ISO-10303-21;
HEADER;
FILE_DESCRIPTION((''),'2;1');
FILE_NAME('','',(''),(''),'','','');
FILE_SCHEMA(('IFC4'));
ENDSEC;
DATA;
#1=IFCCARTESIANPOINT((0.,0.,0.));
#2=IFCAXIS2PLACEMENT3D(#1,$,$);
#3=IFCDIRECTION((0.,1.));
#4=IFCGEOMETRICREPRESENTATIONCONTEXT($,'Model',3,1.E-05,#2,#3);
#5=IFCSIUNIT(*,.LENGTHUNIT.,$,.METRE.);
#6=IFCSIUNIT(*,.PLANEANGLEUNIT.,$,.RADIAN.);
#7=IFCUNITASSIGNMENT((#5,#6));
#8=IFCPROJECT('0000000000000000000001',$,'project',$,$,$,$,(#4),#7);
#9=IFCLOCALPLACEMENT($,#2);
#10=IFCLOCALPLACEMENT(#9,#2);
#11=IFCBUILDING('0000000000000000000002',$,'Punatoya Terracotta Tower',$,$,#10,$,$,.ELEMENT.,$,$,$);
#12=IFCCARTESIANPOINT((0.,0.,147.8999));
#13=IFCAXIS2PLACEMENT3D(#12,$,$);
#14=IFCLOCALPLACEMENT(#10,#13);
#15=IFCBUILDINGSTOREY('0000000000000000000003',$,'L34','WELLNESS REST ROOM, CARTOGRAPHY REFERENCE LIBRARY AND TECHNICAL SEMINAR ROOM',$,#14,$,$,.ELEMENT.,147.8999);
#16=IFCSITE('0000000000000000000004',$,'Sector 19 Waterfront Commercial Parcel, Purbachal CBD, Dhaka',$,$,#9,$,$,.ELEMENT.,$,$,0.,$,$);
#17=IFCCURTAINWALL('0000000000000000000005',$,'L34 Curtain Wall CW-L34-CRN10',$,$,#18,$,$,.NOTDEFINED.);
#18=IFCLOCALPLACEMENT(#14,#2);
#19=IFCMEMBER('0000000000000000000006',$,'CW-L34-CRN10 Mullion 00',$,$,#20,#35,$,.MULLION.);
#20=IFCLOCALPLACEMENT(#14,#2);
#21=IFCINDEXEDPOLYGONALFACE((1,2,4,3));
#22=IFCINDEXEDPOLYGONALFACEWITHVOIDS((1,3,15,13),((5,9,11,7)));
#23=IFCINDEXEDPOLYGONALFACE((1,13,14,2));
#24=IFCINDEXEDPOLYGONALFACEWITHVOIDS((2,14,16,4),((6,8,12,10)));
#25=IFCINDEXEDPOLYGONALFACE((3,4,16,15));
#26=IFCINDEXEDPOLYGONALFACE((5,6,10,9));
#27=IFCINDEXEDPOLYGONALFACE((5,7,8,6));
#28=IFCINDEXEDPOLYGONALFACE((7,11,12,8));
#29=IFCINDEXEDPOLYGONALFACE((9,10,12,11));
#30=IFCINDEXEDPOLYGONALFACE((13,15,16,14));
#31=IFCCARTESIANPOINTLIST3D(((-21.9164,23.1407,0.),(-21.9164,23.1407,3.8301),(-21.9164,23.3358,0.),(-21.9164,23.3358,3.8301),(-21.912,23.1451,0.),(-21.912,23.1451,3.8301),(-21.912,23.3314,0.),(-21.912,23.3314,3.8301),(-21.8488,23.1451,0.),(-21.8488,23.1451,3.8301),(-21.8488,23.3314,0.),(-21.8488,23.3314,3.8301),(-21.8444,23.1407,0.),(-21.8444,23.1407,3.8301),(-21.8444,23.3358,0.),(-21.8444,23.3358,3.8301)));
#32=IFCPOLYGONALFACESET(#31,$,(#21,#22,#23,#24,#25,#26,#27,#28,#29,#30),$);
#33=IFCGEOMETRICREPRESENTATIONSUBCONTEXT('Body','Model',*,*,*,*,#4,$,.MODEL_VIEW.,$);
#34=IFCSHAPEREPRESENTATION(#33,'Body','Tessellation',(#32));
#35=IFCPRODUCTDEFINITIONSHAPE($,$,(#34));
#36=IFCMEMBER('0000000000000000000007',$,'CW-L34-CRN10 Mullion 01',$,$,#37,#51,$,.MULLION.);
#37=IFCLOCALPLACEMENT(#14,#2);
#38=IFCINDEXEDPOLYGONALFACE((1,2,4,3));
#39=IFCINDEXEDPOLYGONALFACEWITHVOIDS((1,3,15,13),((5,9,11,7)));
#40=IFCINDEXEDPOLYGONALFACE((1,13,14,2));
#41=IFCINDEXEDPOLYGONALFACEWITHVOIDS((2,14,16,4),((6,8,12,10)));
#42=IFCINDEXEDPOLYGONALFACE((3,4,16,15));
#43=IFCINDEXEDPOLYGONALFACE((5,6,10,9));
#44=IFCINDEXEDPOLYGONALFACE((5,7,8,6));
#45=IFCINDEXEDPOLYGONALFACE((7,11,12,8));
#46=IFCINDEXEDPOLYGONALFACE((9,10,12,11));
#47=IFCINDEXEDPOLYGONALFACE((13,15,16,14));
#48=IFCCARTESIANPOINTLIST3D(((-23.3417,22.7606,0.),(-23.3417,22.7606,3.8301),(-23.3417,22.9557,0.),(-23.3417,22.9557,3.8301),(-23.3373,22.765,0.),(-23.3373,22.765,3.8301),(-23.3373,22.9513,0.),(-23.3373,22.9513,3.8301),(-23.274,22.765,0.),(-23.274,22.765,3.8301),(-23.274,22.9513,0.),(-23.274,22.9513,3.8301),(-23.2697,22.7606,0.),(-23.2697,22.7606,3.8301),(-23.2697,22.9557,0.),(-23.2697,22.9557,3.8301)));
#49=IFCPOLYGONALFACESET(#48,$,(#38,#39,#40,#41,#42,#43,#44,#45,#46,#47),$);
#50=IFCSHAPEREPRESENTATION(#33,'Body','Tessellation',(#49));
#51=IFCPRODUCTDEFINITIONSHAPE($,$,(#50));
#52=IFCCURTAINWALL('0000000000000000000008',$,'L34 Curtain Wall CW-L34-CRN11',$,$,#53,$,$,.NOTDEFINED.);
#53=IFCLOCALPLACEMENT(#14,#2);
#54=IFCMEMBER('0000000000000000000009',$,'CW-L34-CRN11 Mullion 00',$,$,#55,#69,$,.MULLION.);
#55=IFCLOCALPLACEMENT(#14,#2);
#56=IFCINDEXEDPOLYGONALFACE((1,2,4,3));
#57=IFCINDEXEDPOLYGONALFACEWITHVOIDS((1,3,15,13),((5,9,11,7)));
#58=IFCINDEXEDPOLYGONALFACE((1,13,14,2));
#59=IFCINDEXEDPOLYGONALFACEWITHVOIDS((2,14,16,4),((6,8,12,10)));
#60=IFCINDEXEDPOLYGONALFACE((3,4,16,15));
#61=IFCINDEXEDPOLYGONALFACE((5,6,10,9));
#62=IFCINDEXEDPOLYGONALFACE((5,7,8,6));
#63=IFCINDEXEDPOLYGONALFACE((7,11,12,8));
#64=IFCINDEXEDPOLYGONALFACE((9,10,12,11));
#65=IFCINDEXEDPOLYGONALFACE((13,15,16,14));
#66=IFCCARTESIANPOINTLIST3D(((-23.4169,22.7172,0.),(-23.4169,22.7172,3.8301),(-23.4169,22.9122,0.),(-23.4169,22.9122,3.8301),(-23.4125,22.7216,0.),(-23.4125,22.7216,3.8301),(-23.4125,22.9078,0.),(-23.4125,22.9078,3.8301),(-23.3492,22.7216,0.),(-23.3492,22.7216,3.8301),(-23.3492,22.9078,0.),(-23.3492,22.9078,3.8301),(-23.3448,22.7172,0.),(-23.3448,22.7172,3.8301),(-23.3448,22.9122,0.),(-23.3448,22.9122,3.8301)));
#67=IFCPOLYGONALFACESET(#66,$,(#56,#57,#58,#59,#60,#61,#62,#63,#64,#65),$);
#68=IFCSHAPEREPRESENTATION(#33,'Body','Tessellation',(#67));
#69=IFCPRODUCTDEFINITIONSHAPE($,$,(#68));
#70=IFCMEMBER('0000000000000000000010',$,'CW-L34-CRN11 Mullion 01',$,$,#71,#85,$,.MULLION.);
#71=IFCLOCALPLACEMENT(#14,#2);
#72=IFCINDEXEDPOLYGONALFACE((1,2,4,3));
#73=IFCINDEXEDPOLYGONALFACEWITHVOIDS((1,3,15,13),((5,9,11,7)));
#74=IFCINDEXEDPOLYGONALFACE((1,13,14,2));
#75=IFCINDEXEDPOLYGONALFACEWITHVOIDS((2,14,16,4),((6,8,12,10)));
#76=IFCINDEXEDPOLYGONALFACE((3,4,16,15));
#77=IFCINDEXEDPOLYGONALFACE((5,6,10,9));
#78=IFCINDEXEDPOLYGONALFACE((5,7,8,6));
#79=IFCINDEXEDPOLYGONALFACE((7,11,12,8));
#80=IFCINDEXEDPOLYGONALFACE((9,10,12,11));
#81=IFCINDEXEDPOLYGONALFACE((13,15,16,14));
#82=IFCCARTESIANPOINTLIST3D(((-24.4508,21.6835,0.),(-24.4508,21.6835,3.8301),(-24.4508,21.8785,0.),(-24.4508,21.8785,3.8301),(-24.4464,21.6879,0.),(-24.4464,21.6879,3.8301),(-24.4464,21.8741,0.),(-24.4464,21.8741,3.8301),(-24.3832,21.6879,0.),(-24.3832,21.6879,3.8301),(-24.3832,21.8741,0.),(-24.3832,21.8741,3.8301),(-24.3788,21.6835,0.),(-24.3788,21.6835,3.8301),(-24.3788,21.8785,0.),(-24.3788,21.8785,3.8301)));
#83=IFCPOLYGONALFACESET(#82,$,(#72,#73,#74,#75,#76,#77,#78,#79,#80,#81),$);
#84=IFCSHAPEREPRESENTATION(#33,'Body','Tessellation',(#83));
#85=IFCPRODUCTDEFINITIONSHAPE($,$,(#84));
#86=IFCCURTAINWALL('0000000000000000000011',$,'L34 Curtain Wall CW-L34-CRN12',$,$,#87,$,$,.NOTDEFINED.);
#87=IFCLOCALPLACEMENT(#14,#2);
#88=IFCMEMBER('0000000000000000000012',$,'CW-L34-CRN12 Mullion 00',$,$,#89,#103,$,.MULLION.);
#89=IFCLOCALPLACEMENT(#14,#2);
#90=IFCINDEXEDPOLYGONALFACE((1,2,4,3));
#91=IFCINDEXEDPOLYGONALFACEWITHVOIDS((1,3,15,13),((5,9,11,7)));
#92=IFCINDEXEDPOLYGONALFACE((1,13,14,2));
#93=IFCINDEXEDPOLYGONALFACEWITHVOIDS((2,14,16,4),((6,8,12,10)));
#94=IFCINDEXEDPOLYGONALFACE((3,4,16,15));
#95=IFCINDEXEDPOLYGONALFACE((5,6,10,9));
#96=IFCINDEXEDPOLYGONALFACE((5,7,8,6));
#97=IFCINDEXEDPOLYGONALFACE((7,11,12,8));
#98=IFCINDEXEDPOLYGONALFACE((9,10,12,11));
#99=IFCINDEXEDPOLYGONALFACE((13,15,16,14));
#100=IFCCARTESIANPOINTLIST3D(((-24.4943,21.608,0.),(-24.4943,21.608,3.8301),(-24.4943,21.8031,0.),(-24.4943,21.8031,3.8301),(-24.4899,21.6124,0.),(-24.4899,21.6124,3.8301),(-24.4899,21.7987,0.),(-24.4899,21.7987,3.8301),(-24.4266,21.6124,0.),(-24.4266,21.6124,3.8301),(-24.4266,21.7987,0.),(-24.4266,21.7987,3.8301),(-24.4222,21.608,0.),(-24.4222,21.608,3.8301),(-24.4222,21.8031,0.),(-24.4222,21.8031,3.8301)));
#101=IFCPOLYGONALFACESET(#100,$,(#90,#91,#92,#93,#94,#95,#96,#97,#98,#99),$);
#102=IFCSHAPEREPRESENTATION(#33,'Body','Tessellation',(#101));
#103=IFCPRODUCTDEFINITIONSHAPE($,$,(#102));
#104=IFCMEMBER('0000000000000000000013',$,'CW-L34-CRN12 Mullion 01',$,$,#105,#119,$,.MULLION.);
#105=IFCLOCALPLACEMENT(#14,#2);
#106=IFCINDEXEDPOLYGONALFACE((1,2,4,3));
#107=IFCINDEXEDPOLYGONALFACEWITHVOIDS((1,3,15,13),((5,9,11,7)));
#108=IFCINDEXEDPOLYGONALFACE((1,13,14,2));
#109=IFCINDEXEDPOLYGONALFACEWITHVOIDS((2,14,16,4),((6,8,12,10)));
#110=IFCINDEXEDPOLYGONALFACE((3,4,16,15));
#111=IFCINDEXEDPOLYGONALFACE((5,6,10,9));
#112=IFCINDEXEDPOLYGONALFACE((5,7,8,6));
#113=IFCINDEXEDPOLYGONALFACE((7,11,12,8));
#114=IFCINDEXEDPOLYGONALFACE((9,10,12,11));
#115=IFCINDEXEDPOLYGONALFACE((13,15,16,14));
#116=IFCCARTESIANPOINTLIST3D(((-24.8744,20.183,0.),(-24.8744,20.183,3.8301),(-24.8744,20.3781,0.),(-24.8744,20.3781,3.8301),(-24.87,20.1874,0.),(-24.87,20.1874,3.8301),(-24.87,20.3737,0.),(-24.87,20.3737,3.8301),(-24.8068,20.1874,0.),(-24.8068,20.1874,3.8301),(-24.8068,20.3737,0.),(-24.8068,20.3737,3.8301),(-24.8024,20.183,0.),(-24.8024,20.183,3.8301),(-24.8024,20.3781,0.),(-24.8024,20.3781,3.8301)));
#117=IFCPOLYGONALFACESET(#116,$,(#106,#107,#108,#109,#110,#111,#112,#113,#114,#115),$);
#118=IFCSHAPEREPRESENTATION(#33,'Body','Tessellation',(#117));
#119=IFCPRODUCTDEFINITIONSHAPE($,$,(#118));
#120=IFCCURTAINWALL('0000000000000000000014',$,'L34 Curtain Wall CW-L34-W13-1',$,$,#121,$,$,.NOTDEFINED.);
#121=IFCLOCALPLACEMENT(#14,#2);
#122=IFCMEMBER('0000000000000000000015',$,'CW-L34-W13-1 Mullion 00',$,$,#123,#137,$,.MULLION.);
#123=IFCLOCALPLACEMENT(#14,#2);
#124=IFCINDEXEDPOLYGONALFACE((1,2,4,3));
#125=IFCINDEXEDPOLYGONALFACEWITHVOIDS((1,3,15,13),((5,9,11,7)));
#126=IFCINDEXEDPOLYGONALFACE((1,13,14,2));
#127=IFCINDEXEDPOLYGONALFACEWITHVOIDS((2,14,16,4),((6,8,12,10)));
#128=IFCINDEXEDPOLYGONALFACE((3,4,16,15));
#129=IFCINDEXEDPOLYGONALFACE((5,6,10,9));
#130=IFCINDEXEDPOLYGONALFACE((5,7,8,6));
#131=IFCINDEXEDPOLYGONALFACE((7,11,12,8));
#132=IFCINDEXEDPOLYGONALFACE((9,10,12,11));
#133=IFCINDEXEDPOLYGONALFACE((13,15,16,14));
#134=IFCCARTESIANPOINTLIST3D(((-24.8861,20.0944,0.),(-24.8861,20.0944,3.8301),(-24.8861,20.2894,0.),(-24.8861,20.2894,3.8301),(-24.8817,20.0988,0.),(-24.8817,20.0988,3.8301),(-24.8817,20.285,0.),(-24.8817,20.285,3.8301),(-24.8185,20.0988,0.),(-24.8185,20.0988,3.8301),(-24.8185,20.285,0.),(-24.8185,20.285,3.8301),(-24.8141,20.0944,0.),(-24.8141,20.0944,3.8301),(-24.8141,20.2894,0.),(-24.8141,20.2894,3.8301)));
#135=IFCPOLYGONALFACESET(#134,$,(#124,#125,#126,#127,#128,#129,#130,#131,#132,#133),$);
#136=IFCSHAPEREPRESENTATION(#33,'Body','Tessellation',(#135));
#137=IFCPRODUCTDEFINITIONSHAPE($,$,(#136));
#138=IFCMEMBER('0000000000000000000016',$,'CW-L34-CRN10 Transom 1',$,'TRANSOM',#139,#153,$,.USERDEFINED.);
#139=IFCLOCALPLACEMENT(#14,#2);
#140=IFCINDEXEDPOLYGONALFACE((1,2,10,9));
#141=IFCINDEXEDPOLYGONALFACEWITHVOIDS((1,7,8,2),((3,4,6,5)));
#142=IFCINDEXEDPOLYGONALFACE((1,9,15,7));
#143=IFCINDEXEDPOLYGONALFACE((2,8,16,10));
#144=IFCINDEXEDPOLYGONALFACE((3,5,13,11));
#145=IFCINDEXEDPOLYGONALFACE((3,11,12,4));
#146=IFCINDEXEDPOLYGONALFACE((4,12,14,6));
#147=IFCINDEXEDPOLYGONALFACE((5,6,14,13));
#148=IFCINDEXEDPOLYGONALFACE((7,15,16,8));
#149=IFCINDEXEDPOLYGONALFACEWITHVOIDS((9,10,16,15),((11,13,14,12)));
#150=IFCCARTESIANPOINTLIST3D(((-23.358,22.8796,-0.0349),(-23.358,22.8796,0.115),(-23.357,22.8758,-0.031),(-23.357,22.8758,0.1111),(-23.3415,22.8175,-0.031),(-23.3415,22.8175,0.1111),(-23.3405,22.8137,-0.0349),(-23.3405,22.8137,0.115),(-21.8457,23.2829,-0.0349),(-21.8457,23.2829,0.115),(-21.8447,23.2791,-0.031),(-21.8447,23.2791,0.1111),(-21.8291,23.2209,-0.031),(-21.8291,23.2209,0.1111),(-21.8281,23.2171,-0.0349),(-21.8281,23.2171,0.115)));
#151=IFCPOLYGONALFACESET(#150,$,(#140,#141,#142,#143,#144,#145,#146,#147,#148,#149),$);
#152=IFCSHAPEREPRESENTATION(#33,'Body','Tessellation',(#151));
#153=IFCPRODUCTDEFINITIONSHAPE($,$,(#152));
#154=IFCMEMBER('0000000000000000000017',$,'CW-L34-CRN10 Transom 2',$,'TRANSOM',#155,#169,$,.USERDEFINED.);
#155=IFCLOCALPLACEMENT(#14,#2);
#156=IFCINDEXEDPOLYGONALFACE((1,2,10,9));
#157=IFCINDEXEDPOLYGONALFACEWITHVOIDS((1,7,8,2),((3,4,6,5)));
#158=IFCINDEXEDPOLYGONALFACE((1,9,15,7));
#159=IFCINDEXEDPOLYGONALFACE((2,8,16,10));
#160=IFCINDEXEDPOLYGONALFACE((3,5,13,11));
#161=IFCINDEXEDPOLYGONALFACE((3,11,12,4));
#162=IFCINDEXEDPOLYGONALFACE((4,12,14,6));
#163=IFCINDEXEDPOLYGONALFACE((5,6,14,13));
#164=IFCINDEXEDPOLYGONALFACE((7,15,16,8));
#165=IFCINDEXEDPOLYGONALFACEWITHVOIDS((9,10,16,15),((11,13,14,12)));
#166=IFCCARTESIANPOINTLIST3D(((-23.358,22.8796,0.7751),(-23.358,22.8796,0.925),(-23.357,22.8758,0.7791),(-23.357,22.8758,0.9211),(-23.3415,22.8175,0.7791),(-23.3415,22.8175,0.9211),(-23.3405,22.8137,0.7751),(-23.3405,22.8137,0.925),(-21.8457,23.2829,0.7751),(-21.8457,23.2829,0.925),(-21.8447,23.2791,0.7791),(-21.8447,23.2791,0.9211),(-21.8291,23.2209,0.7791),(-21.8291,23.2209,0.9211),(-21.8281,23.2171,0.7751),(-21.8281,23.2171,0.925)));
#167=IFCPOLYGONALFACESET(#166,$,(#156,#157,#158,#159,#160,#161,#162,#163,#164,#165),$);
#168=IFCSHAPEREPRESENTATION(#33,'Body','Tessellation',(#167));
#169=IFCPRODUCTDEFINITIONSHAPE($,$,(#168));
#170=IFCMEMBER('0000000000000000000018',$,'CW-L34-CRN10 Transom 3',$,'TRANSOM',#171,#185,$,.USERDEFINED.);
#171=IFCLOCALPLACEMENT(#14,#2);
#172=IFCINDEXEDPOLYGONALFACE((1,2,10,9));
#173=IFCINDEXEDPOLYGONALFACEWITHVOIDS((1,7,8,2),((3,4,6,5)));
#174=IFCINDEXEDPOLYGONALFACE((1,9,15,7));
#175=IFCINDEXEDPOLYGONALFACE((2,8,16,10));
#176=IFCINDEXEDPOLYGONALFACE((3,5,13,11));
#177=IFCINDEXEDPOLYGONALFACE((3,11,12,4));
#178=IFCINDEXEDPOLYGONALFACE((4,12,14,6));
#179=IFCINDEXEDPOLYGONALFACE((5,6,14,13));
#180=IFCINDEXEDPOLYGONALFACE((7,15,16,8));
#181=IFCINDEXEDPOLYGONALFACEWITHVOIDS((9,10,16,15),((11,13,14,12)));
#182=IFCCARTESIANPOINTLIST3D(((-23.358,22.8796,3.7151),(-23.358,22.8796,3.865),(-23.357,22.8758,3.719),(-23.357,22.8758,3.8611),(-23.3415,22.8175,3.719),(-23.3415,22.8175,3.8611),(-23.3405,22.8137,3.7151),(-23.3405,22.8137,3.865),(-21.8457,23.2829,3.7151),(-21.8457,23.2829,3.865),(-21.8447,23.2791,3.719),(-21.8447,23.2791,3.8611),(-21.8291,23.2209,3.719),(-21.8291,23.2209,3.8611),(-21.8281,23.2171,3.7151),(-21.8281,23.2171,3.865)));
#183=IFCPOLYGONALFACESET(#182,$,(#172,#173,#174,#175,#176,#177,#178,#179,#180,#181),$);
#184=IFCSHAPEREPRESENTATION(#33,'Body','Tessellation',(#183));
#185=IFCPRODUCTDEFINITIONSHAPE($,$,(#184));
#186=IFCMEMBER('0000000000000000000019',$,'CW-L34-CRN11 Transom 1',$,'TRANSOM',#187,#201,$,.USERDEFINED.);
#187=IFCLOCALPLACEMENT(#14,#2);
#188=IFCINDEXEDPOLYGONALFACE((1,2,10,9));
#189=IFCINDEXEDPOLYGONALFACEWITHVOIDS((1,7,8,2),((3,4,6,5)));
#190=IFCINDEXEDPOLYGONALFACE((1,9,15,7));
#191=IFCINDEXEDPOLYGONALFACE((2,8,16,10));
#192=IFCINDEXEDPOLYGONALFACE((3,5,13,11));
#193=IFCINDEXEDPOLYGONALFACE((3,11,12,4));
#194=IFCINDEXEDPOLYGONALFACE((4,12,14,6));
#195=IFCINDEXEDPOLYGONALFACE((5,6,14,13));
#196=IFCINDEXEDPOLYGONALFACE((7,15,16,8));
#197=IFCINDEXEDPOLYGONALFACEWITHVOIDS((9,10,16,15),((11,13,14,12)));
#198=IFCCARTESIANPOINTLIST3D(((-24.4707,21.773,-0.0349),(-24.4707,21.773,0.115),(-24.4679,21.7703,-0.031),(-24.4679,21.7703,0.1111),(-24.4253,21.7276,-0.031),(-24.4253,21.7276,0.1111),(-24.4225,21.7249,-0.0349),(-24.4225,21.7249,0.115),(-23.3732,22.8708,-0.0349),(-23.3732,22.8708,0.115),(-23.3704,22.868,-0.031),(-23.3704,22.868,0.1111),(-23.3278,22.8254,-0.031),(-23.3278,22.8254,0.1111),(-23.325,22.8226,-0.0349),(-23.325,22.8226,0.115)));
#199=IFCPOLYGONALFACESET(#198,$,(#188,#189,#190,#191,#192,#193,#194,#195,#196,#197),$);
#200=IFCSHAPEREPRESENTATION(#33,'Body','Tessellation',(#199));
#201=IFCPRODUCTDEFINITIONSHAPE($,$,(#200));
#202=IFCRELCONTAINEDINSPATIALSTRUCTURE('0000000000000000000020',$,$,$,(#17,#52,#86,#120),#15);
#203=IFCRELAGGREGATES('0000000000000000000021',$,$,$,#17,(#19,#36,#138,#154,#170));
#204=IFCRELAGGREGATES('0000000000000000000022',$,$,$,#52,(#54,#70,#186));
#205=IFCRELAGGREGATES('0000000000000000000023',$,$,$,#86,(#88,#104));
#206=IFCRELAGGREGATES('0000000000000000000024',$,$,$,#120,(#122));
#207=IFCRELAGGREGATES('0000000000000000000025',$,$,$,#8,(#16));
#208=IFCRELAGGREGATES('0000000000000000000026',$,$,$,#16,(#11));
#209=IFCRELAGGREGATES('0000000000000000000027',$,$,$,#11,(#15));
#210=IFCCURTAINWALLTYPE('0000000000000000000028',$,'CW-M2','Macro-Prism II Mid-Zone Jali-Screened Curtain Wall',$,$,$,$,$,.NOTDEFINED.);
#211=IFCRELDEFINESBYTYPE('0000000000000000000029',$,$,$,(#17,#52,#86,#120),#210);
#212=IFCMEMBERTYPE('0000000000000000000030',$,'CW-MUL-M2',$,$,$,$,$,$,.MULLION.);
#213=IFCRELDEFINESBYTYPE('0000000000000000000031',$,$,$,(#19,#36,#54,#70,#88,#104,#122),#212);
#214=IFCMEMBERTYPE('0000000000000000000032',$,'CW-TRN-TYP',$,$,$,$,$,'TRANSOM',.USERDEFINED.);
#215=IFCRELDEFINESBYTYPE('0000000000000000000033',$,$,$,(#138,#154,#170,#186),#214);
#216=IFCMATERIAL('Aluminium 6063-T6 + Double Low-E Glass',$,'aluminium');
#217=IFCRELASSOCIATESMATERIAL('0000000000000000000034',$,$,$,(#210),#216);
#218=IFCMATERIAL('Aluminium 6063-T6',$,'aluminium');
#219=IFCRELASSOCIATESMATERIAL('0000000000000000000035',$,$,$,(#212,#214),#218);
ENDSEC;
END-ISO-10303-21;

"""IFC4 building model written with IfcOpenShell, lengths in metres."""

from ifc_helpers import new_model, si_unit, direction, frame, origin, origin_2d, place, context, subcontext, project, spatial, hollow_rectangle, extrude, material, material_profile, profile_set, type_object, element, aggregate, save


model = new_model("IFC4")

# Units and contexts
model_context = context("Model", 3, precision=1e-05, world=origin(), true_north=direction((0.0, 1.0)))
body_context = subcontext(model_context, "Body", "Model", "MODEL_VIEW")
ifc_project = project(units=[si_unit("LENGTHUNIT", "METRE"), si_unit("PLANEANGLEUNIT", "RADIAN")], contexts=[model_context])

# Site, building, storey
site_placement = place(None, origin())
site = spatial("IfcSite", under=ifc_project, at=site_placement, Name="Sector 19 Waterfront Commercial Parcel, Purbachal CBD, Dhaka", CompositionType="ELEMENT", RefElevation=0.0)
building_placement = place(site_placement, origin())
building = spatial("IfcBuilding", under=site, at=building_placement, Name="Punatoya Terracotta Tower", CompositionType="ELEMENT")
storey_placement = place(building_placement, frame((0.0, 0.0, 147.8999)))
storey = spatial("IfcBuildingStorey", under=building, at=storey_placement, Name="L34", Description="WELLNESS REST ROOM, CARTOGRAPHY REFERENCE LIBRARY AND TECHNICAL SEMINAR ROOM", CompositionType="ELEMENT", Elevation=147.8999)

# Curtain walls, members
ifc_material_1 = material(Name="Aluminium 6063-T6 + Double Low-E Glass", Category="aluminium")
curtain_wall_type = type_object("IfcCurtainWallType", Name="CW-M2", Description="Macro-Prism II Mid-Zone Jali-Screened Curtain Wall", PredefinedType="NOTDEFINED", material=ifc_material_1)
curtain_wall_1_placement = place(storey_placement, origin())
curtain_wall_1 = element("IfcCurtainWall", 1, at=curtain_wall_1_placement, inside=storey, type_object=curtain_wall_type, Name="L34 Curtain Wall CW-L34-CRN10", PredefinedType="NOTDEFINED")
ifc_material_2 = material(Name="Aluminium 6063-T6", Category="aluminium")
ifc_material_profile_1 = material_profile(ifc_material_2, hollow_rectangle(XDim=0.072, YDim=0.1951, WallThickness=0.0044, at=origin_2d()))
ifc_profile_set_1 = profile_set([ifc_material_profile_1], Name="Aluminium 6063-T6")
member_type_1 = type_object("IfcMemberType", Name="CW-MUL-M2", PredefinedType="MULLION", material=ifc_profile_set_1)
member_1_placement = place(storey_placement, frame((-21.8804, 23.2383, 0.0), z_axis=(0.0, 0.0, 1.0), x_axis=(1.0, 0.0, 0.0)))
member_1 = element("IfcMember", 2, at=member_1_placement, type_object=member_type_1, Name="CW-L34-CRN10 Mullion 00", PredefinedType="MULLION", context=body_context, shape_type="SweptSolid", body=[
    extrude(hollow_rectangle(XDim=0.072, YDim=0.1951, WallThickness=0.0044, at=origin_2d()), origin(), (0.0, 0.0, 1.0), 3.8301),
])
member_2_placement = place(storey_placement, frame((-23.3057, 22.8582, 0.0), z_axis=(0.0, 0.0, 1.0), x_axis=(1.0, 0.0, 0.0)))
member_2 = element("IfcMember", 3, at=member_2_placement, type_object=member_type_1, Name="CW-L34-CRN10 Mullion 01", PredefinedType="MULLION", context=body_context, shape_type="SweptSolid", body=[
    extrude(hollow_rectangle(XDim=0.072, YDim=0.1951, WallThickness=0.0044, at=origin_2d()), origin(), (0.0, 0.0, 1.0), 3.8301),
])
curtain_wall_2_placement = place(storey_placement, origin())
curtain_wall_2 = element("IfcCurtainWall", 4, at=curtain_wall_2_placement, inside=storey, type_object=curtain_wall_type, Name="L34 Curtain Wall CW-L34-CRN11", PredefinedType="NOTDEFINED")
member_3_placement = place(storey_placement, frame((-23.3809, 22.8147, 0.0), z_axis=(0.0, 0.0, 1.0), x_axis=(1.0, 0.0, 0.0)))
member_3 = element("IfcMember", 5, at=member_3_placement, type_object=member_type_1, Name="CW-L34-CRN11 Mullion 00", PredefinedType="MULLION", context=body_context, shape_type="SweptSolid", body=[
    extrude(hollow_rectangle(XDim=0.072, YDim=0.1951, WallThickness=0.0044, at=origin_2d()), origin(), (0.0, 0.0, 1.0), 3.8301),
])
member_4_placement = place(storey_placement, frame((-24.4148, 21.781, 0.0), z_axis=(0.0, 0.0, 1.0), x_axis=(1.0, 0.0, 0.0)))
member_4 = element("IfcMember", 6, at=member_4_placement, type_object=member_type_1, Name="CW-L34-CRN11 Mullion 01", PredefinedType="MULLION", context=body_context, shape_type="SweptSolid", body=[
    extrude(hollow_rectangle(XDim=0.072, YDim=0.1951, WallThickness=0.0044, at=origin_2d()), origin(), (0.0, 0.0, 1.0), 3.8301),
])
curtain_wall_3_placement = place(storey_placement, origin())
curtain_wall_3 = element("IfcCurtainWall", 7, at=curtain_wall_3_placement, inside=storey, type_object=curtain_wall_type, Name="L34 Curtain Wall CW-L34-CRN12", PredefinedType="NOTDEFINED")
member_5_placement = place(storey_placement, frame((-24.4583, 21.7056, 0.0), z_axis=(0.0, 0.0, 1.0), x_axis=(1.0, 0.0, 0.0)))
member_5 = element("IfcMember", 8, at=member_5_placement, type_object=member_type_1, Name="CW-L34-CRN12 Mullion 00", PredefinedType="MULLION", context=body_context, shape_type="SweptSolid", body=[
    extrude(hollow_rectangle(XDim=0.072, YDim=0.1951, WallThickness=0.0044, at=origin_2d()), origin(), (0.0, 0.0, 1.0), 3.8301),
])
member_6_placement = place(storey_placement, frame((-24.8384, 20.2805, 0.0), z_axis=(0.0, 0.0, 1.0), x_axis=(1.0, 0.0, 0.0)))
member_6 = element("IfcMember", 9, at=member_6_placement, type_object=member_type_1, Name="CW-L34-CRN12 Mullion 01", PredefinedType="MULLION", context=body_context, shape_type="SweptSolid", body=[
    extrude(hollow_rectangle(XDim=0.072, YDim=0.1951, WallThickness=0.0044, at=origin_2d()), origin(), (0.0, 0.0, 1.0), 3.8301),
])

# Curtain wall, member
curtain_wall_4_placement = place(storey_placement, origin())
curtain_wall_4 = element("IfcCurtainWall", 10, at=curtain_wall_4_placement, inside=storey, type_object=curtain_wall_type, Name="L34 Curtain Wall CW-L34-W13-1", PredefinedType="NOTDEFINED")
member_7_placement = place(storey_placement, frame((-24.8501, 20.1919, 0.0), z_axis=(0.0, 0.0, 1.0), x_axis=(1.0, 0.0, 0.0)))
member_7 = element("IfcMember", 11, at=member_7_placement, type_object=member_type_1, Name="CW-L34-W13-1 Mullion 00", PredefinedType="MULLION", context=body_context, shape_type="SweptSolid", body=[
    extrude(hollow_rectangle(XDim=0.072, YDim=0.1951, WallThickness=0.0044, at=origin_2d()), origin(), (0.0, 0.0, 1.0), 3.8301),
])

# Members
ifc_material_profile_2 = material_profile(ifc_material_2, hollow_rectangle(XDim=0.0681, YDim=0.1499, WallThickness=0.0039, at=origin_2d()))
ifc_profile_set_2 = profile_set([ifc_material_profile_2], Name="Aluminium 6063-T6")
member_type_2 = type_object("IfcMemberType", Name="CW-TRN-TYP", ElementType="TRANSOM", PredefinedType="USERDEFINED", material=ifc_profile_set_2)
member_8_placement = place(storey_placement, frame((-21.8369, 23.25, 0.04), z_axis=(-0.966225, -0.257701, 0.0), x_axis=(0.257701, -0.966225, 0.0)))
member_8 = element("IfcMember", 12, at=member_8_placement, type_object=member_type_2, Name="CW-L34-CRN10 Transom 1", ObjectType="TRANSOM", PredefinedType="USERDEFINED", context=body_context, shape_type="SweptSolid", body=[
    extrude(hollow_rectangle(XDim=0.0681, YDim=0.1499, WallThickness=0.0039, at=origin_2d()), origin(), (0.0, 0.0, 1.0), 1.5652),
])
member_9_placement = place(storey_placement, frame((-21.8369, 23.25, 0.8501), z_axis=(-0.966225, -0.257701, 0.0), x_axis=(0.257701, -0.966225, 0.0)))
member_9 = element("IfcMember", 13, at=member_9_placement, type_object=member_type_2, Name="CW-L34-CRN10 Transom 2", ObjectType="TRANSOM", PredefinedType="USERDEFINED", context=body_context, shape_type="SweptSolid", body=[
    extrude(hollow_rectangle(XDim=0.0681, YDim=0.1499, WallThickness=0.0039, at=origin_2d()), origin(), (0.0, 0.0, 1.0), 1.5652),
])
member_10_placement = place(storey_placement, frame((-21.8369, 23.25, 3.79), z_axis=(-0.966225, -0.257701, 0.0), x_axis=(0.257701, -0.966225, 0.0)))
member_10 = element("IfcMember", 14, at=member_10_placement, type_object=member_type_2, Name="CW-L34-CRN10 Transom 3", ObjectType="TRANSOM", PredefinedType="USERDEFINED", context=body_context, shape_type="SweptSolid", body=[
    extrude(hollow_rectangle(XDim=0.0681, YDim=0.1499, WallThickness=0.0039, at=origin_2d()), origin(), (0.0, 0.0, 1.0), 1.5652),
])
member_11_placement = place(storey_placement, frame((-23.3491, 22.8467, 0.04), z_axis=(-0.707028, -0.707185, 0.0), x_axis=(0.707185, -0.707028, 0.0)))
member_11 = element("IfcMember", 15, at=member_11_placement, type_object=member_type_2, Name="CW-L34-CRN11 Transom 1", ObjectType="TRANSOM", PredefinedType="USERDEFINED", context=body_context, shape_type="SweptSolid", body=[
    extrude(hollow_rectangle(XDim=0.0681, YDim=0.1499, WallThickness=0.0039, at=origin_2d()), origin(), (0.0, 0.0, 1.0), 1.5522),
])

aggregate(curtain_wall_1, [member_1, member_2, member_8, member_9, member_10])
aggregate(curtain_wall_2, [member_3, member_4, member_11])
aggregate(curtain_wall_3, [member_5, member_6])
aggregate(curtain_wall_4, [member_7])

save(model, "model.ifc")
